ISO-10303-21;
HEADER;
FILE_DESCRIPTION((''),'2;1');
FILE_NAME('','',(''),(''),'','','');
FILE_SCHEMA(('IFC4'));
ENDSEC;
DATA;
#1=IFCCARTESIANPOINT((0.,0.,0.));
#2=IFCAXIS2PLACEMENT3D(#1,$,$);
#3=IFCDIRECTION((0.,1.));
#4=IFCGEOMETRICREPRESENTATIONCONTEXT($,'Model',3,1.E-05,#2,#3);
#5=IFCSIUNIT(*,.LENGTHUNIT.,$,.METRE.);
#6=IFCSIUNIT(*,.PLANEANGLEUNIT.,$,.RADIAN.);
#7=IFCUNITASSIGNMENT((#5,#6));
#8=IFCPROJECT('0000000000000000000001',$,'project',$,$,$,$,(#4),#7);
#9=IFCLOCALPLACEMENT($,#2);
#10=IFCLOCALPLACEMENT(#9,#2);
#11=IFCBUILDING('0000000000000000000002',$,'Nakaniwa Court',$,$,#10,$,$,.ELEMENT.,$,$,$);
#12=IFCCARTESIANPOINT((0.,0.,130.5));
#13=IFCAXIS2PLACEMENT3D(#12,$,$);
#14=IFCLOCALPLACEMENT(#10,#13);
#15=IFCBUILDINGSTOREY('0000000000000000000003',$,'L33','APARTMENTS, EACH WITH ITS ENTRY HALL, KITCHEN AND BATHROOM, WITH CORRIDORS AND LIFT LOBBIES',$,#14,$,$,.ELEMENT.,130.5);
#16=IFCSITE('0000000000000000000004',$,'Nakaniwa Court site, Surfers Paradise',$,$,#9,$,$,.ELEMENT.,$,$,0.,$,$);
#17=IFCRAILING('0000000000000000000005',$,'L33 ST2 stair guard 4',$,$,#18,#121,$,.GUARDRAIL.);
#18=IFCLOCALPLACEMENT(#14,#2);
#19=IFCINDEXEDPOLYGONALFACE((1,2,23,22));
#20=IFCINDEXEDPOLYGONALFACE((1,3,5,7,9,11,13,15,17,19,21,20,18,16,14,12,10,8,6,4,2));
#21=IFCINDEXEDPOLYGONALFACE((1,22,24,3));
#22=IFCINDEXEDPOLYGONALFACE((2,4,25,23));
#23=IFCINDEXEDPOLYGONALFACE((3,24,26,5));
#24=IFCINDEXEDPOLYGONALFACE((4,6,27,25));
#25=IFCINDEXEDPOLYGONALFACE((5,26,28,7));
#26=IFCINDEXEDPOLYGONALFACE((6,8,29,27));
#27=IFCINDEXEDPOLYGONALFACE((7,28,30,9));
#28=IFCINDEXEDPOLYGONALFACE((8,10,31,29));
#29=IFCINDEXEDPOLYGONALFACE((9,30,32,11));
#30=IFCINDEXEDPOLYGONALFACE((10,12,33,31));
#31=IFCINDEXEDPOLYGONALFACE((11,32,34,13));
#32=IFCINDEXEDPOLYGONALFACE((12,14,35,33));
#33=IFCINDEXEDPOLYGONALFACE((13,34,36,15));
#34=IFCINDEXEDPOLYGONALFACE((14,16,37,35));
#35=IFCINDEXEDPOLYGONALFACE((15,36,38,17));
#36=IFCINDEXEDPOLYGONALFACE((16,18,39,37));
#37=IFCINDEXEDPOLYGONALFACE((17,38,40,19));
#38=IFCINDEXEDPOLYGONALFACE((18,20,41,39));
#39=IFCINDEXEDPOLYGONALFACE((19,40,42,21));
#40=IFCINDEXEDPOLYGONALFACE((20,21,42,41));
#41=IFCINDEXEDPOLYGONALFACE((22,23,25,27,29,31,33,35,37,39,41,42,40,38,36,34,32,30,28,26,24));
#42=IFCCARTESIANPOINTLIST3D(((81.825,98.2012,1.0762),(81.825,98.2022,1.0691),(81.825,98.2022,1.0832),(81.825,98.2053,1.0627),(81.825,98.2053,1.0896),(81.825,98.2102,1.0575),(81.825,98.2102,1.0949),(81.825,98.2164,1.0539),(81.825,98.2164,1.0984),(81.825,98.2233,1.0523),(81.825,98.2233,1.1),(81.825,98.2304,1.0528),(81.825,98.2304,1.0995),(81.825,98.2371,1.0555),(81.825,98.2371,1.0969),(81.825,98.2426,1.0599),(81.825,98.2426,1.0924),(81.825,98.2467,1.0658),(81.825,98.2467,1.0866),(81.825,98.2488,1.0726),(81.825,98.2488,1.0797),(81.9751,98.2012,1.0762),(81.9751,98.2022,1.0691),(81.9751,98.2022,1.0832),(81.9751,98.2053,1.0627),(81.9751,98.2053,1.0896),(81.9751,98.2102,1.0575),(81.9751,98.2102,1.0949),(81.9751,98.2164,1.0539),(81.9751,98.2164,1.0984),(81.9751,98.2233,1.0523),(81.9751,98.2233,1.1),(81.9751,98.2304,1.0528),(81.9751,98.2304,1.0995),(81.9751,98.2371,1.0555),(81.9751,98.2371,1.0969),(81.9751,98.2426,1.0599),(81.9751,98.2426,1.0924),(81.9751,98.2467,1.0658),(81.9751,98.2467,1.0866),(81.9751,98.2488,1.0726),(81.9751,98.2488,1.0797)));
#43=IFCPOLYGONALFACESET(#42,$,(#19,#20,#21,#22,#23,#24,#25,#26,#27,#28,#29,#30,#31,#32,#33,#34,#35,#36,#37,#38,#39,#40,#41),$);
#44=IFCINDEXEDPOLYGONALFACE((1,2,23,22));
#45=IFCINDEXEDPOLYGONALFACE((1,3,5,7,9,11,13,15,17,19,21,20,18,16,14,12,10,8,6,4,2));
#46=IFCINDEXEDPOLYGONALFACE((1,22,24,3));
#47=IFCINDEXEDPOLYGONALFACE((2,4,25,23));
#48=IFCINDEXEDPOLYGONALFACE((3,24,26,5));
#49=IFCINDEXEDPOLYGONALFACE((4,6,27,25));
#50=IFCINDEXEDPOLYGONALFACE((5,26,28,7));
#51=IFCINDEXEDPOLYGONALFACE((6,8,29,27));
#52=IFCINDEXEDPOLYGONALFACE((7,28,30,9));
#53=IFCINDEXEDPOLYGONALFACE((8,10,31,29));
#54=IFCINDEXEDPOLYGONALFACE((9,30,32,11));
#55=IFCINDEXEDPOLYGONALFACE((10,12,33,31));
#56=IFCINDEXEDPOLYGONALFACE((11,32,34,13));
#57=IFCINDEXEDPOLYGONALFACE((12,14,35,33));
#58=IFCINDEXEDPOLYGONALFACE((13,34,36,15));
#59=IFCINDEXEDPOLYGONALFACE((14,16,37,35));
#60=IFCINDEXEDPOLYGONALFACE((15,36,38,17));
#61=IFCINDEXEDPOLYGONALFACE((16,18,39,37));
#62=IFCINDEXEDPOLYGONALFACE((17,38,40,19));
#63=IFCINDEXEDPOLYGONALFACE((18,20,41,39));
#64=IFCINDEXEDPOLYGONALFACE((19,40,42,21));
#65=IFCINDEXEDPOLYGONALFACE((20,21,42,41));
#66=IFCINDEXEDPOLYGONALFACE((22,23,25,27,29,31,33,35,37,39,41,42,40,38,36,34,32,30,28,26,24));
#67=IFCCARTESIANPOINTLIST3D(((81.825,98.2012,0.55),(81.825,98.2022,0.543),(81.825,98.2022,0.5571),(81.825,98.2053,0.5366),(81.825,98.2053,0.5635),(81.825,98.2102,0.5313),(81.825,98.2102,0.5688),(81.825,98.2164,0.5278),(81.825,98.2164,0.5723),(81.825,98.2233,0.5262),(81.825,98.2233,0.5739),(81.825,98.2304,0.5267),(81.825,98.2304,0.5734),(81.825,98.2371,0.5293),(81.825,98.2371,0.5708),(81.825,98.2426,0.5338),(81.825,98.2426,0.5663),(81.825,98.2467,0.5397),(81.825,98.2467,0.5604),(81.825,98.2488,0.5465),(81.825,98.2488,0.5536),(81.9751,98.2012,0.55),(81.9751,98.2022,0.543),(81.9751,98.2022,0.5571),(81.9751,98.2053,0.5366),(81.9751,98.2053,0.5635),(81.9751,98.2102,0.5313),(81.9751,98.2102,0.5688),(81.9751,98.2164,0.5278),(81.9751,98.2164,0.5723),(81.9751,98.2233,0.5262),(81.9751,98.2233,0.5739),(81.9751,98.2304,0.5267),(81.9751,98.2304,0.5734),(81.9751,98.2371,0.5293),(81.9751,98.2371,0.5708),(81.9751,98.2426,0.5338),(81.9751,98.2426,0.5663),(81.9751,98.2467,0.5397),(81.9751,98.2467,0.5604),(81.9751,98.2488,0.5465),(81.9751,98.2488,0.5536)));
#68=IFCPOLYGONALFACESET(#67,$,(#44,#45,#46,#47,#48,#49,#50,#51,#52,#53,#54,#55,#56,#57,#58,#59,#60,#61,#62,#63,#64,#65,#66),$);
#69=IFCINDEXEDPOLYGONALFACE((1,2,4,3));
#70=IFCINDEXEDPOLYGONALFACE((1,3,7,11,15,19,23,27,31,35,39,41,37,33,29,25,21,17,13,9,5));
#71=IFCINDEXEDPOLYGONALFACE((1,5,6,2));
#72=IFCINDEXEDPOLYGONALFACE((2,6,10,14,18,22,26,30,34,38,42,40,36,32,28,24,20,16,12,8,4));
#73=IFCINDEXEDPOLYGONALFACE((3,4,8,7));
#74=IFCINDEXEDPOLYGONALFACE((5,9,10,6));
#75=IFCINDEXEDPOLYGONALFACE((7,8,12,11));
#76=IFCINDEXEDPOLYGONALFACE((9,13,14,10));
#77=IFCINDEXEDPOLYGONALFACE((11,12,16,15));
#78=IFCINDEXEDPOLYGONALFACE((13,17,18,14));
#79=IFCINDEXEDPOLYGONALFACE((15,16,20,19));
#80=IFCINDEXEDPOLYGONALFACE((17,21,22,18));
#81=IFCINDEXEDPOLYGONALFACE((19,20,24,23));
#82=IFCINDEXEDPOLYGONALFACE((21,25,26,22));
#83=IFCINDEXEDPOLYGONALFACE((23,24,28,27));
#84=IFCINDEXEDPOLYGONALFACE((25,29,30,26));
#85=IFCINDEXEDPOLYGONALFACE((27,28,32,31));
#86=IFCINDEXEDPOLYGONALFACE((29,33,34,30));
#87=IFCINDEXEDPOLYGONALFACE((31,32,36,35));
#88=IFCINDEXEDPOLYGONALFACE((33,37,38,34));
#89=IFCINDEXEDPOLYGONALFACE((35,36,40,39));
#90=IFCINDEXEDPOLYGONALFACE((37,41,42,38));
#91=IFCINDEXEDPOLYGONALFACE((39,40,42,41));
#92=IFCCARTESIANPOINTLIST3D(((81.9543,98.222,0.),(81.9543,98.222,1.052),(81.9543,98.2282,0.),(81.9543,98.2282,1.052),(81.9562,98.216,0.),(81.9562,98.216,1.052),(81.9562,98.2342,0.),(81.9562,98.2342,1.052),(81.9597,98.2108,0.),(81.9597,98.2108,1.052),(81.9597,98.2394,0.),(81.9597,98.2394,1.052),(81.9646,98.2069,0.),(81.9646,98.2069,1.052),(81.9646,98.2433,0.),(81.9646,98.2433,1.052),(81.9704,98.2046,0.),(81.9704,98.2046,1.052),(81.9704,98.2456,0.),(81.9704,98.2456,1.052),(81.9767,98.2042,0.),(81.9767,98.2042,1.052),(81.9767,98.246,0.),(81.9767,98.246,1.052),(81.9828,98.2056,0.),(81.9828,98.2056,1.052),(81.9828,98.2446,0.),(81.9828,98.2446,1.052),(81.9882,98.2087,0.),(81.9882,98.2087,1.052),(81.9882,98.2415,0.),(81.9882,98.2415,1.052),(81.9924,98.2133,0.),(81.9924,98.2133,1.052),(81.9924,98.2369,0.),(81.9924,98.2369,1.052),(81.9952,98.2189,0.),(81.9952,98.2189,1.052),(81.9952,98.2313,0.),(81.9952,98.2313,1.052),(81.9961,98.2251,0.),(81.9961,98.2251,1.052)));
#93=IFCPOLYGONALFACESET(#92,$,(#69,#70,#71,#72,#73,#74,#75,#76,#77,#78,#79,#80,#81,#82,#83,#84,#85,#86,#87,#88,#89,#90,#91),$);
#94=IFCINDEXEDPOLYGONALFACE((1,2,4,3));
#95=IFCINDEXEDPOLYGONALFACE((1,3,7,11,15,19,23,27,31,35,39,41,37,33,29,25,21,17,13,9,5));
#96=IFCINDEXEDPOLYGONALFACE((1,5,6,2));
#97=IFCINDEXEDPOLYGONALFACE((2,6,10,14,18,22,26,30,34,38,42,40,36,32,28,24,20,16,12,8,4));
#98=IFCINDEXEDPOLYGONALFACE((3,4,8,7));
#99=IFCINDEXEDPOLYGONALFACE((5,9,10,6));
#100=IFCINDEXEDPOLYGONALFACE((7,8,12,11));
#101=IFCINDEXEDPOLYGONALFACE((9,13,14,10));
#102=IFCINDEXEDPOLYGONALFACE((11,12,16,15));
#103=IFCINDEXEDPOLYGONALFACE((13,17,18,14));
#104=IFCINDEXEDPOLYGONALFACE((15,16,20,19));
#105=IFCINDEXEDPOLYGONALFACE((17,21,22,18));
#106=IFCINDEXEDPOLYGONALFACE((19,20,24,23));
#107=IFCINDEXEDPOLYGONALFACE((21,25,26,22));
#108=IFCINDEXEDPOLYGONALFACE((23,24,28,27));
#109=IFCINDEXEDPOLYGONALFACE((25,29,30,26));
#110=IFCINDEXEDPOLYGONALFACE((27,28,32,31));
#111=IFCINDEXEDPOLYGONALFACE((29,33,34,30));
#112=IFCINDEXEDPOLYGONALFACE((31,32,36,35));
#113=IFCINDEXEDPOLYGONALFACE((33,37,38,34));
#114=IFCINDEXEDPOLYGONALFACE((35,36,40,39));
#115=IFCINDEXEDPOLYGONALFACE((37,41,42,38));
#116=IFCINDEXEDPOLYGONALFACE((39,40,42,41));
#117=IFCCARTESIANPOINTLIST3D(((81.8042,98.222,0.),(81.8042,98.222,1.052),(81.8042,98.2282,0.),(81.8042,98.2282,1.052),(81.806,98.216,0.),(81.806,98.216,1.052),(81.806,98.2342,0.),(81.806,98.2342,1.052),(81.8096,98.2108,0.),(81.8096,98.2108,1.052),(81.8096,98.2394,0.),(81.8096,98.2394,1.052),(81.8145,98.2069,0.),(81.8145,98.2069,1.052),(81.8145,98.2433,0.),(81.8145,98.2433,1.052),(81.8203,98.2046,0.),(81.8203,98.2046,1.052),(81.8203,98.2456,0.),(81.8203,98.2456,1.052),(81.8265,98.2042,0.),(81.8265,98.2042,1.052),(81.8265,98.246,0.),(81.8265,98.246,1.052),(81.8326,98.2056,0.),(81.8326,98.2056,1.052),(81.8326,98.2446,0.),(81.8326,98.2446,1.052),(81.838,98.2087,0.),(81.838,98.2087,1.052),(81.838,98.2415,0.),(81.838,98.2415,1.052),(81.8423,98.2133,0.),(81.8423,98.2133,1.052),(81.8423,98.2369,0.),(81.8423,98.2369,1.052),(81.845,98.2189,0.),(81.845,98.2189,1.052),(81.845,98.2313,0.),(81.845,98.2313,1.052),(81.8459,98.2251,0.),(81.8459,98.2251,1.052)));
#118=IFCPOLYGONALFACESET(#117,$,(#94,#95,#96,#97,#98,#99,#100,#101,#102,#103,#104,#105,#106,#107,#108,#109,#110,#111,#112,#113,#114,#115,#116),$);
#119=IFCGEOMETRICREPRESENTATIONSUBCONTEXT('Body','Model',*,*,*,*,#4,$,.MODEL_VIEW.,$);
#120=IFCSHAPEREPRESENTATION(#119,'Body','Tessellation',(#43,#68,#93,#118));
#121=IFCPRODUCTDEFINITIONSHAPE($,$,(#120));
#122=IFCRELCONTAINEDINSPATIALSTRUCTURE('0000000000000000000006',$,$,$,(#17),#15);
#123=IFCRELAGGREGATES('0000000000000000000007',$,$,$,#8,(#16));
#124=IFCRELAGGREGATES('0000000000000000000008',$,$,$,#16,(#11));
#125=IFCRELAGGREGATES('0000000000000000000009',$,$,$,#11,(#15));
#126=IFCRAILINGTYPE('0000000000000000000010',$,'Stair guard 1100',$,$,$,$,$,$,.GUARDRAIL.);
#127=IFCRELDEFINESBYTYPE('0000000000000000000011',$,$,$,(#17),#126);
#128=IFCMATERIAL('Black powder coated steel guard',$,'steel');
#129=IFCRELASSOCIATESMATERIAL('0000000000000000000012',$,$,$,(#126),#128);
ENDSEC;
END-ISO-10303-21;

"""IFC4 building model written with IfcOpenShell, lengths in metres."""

from ifc_helpers import new_model, si_unit, direction, frame, origin, origin_2d, place, context, subcontext, project, spatial, circle, extrude, material, type_object, element, save


model = new_model("IFC4")

# Units and contexts
model_context = context("Model", 3, precision=1e-05, world=origin(), true_north=direction((0.0, 1.0)))
body_context = subcontext(model_context, "Body", "Model", "MODEL_VIEW")
ifc_project = project(units=[si_unit("LENGTHUNIT", "METRE"), si_unit("PLANEANGLEUNIT", "RADIAN")], contexts=[model_context])

# Site, building, storey
site_placement = place(None, origin())
site = spatial("IfcSite", under=ifc_project, at=site_placement, Name="Nakaniwa Court site, Surfers Paradise", CompositionType="ELEMENT", RefElevation=0.0)
building_placement = place(site_placement, origin())
building = spatial("IfcBuilding", under=site, at=building_placement, Name="Nakaniwa Court", CompositionType="ELEMENT")
storey_placement = place(building_placement, frame((0.0, 0.0, 130.5)))
storey = spatial("IfcBuildingStorey", under=building, at=storey_placement, Name="L33", Description="APARTMENTS, EACH WITH ITS ENTRY HALL, KITCHEN AND BATHROOM, WITH CORRIDORS AND LIFT LOBBIES", CompositionType="ELEMENT", Elevation=130.5)

# Railing
ifc_material_1 = material(Name="Black powder coated steel guard", Category="steel")
railing_type_1 = type_object("IfcRailingType", Name="Stair guard 1100", PredefinedType="GUARDRAIL", material=ifc_material_1)
railing_1_placement = place(storey_placement, frame((81.9751, 98.2251, 0.0)))
element("IfcRailing", 1, at=railing_1_placement, inside=storey, type_object=railing_type_1, Name="L33 ST2 stair guard 4", PredefinedType="GUARDRAIL", context=body_context, shape_type="SweptSolid", body=[
    extrude(circle(Radius=0.0239, at=origin_2d()), frame((0.0, 0.0, 1.0762), z_axis=(-1.0, 0.0, 0.0), x_axis=(0.0, -1.0, 0.0)), (0.0, 0.0, 1.0), 0.1501),
    extrude(circle(Radius=0.0239, at=origin_2d()), frame((0.0, 0.0, 0.55), z_axis=(-1.0, 0.0, 0.0), x_axis=(0.0, -1.0, 0.0)), (0.0, 0.0, 1.0), 0.1501),
    extrude(circle(Radius=0.021, at=origin_2d()), origin(), (0.0, 0.0, 1.0), 1.052),
    extrude(circle(Radius=0.021, at=origin_2d()), frame((-0.1501, 0.0, 0.0)), (0.0, 0.0, 1.0), 1.052),
])

save(model, "model.ifc")
